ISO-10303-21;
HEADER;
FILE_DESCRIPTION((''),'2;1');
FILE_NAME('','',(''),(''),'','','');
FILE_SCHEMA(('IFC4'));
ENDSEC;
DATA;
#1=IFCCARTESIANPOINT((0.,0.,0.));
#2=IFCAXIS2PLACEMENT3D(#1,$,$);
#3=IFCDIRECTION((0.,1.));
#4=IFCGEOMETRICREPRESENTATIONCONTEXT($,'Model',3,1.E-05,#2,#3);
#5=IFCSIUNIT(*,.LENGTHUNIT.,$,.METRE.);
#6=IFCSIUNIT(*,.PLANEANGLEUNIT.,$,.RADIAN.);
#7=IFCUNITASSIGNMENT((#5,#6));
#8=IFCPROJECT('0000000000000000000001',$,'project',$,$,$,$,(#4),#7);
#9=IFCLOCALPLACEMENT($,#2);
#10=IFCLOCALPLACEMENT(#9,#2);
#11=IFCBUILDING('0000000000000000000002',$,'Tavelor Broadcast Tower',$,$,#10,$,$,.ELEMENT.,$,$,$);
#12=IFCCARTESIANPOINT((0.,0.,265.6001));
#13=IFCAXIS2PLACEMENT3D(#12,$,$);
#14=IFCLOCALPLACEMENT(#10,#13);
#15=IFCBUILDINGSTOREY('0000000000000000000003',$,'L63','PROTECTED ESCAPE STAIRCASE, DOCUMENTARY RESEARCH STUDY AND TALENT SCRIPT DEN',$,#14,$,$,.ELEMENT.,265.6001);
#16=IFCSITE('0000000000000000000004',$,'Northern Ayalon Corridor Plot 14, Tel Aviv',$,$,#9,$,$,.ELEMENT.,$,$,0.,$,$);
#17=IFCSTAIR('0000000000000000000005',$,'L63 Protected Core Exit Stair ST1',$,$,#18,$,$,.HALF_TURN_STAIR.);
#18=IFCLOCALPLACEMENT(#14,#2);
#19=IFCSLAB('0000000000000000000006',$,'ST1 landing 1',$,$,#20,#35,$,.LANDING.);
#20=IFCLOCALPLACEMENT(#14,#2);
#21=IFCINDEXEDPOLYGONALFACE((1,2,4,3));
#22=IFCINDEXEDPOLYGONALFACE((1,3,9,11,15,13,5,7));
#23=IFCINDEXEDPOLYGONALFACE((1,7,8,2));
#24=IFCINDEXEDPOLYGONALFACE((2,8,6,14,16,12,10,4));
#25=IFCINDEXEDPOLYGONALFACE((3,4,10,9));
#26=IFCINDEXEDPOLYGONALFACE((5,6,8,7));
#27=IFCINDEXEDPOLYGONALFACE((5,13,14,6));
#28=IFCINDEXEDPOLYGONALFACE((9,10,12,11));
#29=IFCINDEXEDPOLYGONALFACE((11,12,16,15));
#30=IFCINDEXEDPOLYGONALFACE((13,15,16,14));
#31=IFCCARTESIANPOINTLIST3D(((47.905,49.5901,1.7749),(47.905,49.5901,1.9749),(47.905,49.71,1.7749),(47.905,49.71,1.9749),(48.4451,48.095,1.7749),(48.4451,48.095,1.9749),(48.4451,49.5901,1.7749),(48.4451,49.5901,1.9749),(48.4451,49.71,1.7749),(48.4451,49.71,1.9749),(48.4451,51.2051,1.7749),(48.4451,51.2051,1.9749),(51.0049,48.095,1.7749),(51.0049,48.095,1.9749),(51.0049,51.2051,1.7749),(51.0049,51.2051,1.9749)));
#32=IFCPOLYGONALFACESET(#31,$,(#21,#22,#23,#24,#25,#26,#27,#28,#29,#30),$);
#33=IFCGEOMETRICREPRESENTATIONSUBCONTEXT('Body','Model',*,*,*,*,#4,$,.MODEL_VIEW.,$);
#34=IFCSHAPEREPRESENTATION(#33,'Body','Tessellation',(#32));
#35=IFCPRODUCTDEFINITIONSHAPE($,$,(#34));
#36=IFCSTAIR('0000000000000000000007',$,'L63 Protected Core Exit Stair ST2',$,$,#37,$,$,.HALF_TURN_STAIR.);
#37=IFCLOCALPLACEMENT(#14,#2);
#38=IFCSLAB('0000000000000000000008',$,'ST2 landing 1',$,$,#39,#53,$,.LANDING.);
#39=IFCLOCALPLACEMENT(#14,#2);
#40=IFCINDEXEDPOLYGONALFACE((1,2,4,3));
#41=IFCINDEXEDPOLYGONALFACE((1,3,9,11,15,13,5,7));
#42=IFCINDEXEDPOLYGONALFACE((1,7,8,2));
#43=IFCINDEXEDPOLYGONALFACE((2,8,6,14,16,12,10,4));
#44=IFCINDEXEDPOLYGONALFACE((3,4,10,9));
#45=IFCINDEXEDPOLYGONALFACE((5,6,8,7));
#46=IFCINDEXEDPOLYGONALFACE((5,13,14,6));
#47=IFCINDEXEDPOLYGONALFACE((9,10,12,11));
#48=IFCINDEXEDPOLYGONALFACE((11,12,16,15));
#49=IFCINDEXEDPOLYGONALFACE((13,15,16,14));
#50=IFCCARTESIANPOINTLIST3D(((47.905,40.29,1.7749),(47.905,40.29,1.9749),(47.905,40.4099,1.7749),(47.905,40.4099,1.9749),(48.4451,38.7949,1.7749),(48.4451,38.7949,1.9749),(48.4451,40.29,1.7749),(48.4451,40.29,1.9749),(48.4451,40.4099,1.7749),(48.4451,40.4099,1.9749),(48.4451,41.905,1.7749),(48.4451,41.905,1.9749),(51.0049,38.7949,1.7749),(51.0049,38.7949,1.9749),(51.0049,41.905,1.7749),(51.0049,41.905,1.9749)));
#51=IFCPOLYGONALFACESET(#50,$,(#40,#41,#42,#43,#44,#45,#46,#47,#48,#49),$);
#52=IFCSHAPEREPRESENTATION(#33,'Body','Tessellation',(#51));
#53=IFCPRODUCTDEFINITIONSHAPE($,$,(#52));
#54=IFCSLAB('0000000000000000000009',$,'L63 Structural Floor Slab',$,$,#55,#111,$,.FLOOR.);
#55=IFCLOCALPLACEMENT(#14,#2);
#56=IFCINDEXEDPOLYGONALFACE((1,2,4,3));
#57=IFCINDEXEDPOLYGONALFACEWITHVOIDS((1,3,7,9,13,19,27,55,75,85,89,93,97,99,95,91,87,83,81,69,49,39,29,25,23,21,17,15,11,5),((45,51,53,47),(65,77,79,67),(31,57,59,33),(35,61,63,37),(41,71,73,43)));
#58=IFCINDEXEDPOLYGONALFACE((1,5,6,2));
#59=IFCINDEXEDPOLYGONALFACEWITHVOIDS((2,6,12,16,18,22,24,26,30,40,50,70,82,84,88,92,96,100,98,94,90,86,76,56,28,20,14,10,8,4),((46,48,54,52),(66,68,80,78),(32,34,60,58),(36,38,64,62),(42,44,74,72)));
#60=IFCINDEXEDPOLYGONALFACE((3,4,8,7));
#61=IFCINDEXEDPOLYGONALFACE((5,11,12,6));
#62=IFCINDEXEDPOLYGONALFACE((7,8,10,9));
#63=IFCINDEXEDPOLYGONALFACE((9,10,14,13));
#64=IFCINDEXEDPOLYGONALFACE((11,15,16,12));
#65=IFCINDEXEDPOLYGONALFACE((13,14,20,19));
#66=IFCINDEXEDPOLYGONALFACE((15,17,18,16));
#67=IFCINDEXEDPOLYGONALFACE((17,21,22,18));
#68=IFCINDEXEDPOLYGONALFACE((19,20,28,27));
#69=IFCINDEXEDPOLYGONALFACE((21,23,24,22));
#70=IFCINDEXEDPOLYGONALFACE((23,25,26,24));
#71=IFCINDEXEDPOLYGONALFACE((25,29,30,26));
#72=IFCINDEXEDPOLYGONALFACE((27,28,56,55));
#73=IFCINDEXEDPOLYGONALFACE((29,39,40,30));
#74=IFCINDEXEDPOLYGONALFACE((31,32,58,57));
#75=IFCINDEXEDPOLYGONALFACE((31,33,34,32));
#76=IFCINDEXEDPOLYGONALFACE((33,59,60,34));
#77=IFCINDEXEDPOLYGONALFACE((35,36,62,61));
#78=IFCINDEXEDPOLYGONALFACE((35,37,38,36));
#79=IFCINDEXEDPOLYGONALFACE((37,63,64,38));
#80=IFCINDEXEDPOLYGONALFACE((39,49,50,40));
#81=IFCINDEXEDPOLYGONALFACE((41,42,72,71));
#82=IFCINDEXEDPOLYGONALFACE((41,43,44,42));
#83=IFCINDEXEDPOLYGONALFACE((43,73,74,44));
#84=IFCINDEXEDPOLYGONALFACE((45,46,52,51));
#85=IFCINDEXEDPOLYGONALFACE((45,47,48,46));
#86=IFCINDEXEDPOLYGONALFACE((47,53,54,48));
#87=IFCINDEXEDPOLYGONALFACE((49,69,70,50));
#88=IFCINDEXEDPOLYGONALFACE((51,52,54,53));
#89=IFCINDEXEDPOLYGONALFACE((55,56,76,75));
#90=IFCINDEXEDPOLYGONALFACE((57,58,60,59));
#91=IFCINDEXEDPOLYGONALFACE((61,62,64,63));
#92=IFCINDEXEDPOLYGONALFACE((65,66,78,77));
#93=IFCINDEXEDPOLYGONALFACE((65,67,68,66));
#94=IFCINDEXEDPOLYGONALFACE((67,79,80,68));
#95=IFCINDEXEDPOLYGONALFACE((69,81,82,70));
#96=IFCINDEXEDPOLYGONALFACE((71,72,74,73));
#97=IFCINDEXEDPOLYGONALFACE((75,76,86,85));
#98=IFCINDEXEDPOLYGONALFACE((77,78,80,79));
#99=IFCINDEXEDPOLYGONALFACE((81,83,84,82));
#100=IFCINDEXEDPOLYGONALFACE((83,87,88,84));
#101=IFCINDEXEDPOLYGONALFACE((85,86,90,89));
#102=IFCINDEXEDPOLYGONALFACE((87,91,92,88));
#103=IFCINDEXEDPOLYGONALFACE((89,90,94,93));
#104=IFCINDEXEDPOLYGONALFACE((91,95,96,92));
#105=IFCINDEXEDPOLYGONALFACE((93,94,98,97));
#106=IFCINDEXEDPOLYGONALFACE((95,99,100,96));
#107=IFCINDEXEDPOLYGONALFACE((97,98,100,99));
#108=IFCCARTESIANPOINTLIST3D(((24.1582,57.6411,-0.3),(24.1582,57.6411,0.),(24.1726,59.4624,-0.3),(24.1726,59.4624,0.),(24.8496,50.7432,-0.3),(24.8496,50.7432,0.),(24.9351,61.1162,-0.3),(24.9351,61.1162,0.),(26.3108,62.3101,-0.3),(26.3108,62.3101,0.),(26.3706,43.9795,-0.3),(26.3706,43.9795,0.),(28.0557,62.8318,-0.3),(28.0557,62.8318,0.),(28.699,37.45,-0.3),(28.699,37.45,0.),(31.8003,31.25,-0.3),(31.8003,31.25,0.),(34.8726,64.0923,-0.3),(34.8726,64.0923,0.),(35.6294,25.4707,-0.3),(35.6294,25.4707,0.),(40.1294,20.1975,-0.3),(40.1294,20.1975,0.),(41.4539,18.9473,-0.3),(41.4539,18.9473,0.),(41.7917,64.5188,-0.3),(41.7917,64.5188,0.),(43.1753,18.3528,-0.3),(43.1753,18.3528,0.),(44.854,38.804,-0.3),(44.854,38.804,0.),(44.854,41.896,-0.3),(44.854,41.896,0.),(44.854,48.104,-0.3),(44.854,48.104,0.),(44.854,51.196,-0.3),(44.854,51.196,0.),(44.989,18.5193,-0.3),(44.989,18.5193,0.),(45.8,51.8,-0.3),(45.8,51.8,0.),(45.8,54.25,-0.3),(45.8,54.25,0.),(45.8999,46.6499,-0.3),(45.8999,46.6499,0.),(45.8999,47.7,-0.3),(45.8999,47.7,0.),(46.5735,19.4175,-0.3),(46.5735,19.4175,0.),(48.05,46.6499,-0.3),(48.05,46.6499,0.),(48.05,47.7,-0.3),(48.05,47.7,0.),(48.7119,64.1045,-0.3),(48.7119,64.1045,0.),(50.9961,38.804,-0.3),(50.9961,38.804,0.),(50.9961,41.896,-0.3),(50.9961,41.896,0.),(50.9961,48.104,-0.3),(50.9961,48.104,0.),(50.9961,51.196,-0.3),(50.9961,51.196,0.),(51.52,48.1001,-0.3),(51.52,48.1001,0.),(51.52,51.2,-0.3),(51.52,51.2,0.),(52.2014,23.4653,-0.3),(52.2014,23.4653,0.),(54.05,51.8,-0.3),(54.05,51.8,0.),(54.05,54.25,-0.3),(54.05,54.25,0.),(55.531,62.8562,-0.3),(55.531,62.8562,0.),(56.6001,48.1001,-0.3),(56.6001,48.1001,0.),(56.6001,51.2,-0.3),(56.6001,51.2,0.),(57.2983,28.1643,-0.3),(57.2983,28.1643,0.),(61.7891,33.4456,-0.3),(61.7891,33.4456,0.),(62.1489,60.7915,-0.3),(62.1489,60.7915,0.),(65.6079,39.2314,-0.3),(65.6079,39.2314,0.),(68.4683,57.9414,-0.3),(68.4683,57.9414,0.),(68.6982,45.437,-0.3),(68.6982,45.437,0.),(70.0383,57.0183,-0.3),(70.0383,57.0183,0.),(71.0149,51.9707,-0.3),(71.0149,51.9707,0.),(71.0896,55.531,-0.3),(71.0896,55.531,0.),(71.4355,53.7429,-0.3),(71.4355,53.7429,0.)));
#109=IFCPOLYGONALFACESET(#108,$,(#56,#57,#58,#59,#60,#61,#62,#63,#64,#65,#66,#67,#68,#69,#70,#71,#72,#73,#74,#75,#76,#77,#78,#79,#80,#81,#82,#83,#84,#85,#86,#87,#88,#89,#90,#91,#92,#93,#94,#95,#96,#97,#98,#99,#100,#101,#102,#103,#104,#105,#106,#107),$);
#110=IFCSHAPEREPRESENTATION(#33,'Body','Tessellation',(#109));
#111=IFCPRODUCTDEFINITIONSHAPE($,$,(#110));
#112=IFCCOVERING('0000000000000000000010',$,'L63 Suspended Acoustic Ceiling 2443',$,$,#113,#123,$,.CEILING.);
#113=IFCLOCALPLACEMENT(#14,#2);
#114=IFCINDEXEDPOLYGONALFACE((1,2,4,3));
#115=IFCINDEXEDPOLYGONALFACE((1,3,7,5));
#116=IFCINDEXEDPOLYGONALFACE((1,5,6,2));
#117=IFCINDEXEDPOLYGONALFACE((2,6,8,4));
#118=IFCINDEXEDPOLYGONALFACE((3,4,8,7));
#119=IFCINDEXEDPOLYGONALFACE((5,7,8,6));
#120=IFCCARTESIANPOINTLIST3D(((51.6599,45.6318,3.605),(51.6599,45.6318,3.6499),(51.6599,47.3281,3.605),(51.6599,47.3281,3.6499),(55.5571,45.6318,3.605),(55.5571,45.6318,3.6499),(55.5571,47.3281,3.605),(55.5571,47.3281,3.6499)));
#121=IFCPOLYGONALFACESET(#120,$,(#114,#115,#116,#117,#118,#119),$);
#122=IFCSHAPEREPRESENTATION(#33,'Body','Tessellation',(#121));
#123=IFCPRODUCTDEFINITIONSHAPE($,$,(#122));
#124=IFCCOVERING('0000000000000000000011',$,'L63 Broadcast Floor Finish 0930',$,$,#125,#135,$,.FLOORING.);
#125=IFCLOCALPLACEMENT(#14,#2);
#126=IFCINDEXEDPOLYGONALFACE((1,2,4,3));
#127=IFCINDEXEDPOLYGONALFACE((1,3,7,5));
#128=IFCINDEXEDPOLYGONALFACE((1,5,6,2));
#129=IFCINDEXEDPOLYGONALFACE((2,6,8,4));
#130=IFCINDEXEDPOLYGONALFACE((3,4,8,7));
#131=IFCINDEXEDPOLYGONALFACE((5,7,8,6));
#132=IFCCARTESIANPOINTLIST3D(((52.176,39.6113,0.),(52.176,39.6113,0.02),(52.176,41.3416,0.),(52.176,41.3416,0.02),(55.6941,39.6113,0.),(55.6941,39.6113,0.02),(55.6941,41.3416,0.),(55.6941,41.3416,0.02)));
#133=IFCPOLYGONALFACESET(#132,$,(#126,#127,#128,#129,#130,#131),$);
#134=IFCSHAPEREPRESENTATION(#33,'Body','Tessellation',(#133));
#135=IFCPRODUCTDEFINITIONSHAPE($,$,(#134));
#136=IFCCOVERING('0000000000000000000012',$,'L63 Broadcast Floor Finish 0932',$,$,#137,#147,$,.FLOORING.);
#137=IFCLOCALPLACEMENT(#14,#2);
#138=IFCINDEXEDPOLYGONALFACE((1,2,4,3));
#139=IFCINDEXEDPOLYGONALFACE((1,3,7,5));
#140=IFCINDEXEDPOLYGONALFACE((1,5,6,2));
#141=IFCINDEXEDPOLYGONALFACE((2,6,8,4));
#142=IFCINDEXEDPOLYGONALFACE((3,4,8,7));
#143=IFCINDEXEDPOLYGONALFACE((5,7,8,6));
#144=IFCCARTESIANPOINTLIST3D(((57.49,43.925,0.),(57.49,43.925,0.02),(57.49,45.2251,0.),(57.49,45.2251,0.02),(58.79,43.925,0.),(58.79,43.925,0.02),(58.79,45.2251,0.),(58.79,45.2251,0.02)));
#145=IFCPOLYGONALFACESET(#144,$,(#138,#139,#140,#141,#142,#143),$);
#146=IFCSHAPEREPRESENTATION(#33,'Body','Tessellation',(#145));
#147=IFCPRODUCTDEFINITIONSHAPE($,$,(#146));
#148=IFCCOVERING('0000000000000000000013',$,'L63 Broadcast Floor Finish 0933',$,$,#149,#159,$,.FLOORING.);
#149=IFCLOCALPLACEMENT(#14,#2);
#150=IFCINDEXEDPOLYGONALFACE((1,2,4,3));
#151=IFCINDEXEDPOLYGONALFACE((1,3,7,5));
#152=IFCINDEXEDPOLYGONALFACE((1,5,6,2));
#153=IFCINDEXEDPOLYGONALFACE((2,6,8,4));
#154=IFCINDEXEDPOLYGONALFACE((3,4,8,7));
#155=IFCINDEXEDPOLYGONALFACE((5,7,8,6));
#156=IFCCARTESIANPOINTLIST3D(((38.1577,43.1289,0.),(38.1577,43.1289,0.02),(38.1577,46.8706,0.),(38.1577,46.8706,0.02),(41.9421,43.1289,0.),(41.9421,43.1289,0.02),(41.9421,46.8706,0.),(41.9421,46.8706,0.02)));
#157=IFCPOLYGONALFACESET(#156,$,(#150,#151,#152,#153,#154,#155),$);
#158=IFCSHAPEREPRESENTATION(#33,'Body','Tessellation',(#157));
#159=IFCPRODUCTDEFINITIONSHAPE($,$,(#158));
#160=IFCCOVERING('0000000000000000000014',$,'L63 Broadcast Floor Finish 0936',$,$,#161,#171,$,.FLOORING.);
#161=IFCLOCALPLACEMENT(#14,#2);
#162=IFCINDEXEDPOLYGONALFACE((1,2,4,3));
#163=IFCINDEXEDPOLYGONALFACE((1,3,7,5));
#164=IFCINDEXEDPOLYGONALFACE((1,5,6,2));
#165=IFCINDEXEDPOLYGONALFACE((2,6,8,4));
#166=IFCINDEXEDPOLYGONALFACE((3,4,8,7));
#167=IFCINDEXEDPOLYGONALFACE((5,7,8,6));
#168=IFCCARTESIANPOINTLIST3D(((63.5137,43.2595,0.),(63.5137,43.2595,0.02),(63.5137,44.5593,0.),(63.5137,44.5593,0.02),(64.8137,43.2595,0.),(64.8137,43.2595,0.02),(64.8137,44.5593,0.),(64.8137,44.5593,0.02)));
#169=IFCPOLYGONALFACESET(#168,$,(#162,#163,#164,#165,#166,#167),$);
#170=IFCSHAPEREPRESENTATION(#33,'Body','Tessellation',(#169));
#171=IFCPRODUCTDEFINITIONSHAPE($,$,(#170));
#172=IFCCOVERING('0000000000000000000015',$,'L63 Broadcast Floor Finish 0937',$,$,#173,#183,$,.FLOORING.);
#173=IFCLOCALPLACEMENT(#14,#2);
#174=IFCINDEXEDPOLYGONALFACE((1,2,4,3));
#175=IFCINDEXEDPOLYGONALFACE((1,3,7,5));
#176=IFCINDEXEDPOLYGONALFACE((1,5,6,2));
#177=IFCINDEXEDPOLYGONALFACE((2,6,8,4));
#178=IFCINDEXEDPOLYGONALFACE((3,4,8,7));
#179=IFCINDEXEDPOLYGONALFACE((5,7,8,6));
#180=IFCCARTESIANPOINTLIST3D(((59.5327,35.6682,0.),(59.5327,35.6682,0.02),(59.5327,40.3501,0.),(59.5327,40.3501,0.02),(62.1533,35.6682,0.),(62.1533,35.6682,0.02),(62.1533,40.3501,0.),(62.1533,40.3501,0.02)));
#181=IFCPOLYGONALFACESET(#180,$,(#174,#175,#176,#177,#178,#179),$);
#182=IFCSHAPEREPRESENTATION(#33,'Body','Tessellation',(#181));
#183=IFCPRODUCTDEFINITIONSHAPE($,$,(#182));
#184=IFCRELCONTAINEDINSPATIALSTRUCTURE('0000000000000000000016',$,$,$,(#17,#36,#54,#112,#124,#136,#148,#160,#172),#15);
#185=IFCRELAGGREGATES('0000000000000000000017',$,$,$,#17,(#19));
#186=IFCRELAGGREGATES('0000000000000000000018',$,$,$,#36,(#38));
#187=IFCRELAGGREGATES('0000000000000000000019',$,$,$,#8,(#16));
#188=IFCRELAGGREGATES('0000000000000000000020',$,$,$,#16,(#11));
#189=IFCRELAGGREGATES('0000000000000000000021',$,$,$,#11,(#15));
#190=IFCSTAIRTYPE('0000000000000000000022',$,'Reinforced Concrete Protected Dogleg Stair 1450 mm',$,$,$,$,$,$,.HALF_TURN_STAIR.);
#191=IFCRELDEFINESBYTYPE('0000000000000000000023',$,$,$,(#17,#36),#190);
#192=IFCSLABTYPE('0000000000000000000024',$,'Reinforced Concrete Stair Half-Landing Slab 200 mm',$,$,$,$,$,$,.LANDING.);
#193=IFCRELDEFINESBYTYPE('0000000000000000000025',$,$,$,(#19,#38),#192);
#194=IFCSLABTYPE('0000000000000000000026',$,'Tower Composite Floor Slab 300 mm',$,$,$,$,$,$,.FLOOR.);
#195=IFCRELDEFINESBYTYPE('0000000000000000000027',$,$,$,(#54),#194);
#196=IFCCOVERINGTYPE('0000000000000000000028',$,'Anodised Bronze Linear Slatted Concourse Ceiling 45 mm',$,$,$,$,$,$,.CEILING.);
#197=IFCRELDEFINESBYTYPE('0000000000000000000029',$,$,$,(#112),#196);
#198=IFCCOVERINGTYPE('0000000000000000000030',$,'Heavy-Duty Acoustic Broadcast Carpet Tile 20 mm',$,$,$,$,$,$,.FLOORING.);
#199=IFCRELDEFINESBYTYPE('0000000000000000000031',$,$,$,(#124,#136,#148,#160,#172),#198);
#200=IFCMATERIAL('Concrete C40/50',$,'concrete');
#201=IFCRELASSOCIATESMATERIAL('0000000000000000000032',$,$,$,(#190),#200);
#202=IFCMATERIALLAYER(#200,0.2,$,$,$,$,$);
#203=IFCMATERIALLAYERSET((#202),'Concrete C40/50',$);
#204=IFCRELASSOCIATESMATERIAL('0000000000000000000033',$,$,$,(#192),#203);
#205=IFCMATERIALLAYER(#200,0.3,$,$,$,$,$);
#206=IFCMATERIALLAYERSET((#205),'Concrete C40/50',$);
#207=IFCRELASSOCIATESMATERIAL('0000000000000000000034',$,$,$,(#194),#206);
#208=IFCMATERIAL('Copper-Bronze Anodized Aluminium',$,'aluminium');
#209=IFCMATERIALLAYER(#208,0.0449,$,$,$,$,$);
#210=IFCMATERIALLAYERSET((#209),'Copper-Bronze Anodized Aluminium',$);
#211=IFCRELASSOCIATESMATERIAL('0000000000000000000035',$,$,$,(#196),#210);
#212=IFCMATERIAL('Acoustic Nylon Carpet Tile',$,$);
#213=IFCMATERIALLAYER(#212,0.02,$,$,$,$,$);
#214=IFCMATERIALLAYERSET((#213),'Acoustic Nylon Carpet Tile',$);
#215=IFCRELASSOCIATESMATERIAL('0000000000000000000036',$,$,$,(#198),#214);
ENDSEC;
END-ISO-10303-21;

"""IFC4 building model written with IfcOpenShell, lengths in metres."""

from ifc_helpers import new_model, si_unit, direction, frame, origin, place, context, subcontext, project, spatial, polyline, outline, extrude, material, layer, layer_set, type_object, element, aggregate, save


model = new_model("IFC4")

# Units and contexts
model_context = context("Model", 3, precision=1e-05, world=origin(), true_north=direction((0.0, 1.0)))
body_context = subcontext(model_context, "Body", "Model", "MODEL_VIEW")
ifc_project = project(units=[si_unit("LENGTHUNIT", "METRE"), si_unit("PLANEANGLEUNIT", "RADIAN")], contexts=[model_context])

# Site, building, storey
site_placement = place(None, origin())
site = spatial("IfcSite", under=ifc_project, at=site_placement, Name="Northern Ayalon Corridor Plot 14, Tel Aviv", CompositionType="ELEMENT", RefElevation=0.0)
building_placement = place(site_placement, origin())
building = spatial("IfcBuilding", under=site, at=building_placement, Name="Tavelor Broadcast Tower", CompositionType="ELEMENT")
storey_placement = place(building_placement, frame((0.0, 0.0, 265.6001)))
storey = spatial("IfcBuildingStorey", under=building, at=storey_placement, Name="L63", Description="PROTECTED ESCAPE STAIRCASE, DOCUMENTARY RESEARCH STUDY AND TALENT SCRIPT DEN", CompositionType="ELEMENT", Elevation=265.6001)

# Stairs, slabs
ifc_material_1 = material(Name="Concrete C40/50", Category="concrete")
stair_type = type_object("IfcStairType", Name="Reinforced Concrete Protected Dogleg Stair 1450 mm", PredefinedType="HALF_TURN_STAIR", material=ifc_material_1)
stair_1_placement = place(storey_placement, origin())
stair_1 = element("IfcStair", 1, at=stair_1_placement, inside=storey, type_object=stair_type, Name="L63 Protected Core Exit Stair ST1", PredefinedType="HALF_TURN_STAIR")
ifc_layer_1 = layer(ifc_material_1, 0.2)
ifc_layer_set_1 = layer_set([ifc_layer_1], Name="Concrete C40/50")
slab_type_1 = type_object("IfcSlabType", Name="Reinforced Concrete Stair Half-Landing Slab 200 mm", PredefinedType="LANDING", material=ifc_layer_set_1)
slab_1_placement = place(storey_placement, frame((0.0, 0.0, 1.7749)))
slab_1 = element("IfcSlab", 2, at=slab_1_placement, type_object=slab_type_1, Name="ST1 landing 1", PredefinedType="LANDING", context=body_context, shape_type="SweptSolid", body=[
    extrude(outline(polyline([(48.4451, 49.5901), (48.4451, 48.095), (51.0049, 48.095), (51.0049, 51.2051), (48.4451, 51.2051), (48.4451, 49.71), (47.905, 49.71), (47.905, 49.5901), (48.4451, 49.5901)])), origin(), (0.0, 0.0, 1.0), 0.2),
])
aggregate(stair_1, [slab_1])
stair_2_placement = place(storey_placement, origin())
stair_2 = element("IfcStair", 3, at=stair_2_placement, inside=storey, type_object=stair_type, Name="L63 Protected Core Exit Stair ST2", PredefinedType="HALF_TURN_STAIR")
slab_2_placement = place(storey_placement, frame((0.0, 0.0, 1.7749)))
slab_2 = element("IfcSlab", 4, at=slab_2_placement, type_object=slab_type_1, Name="ST2 landing 1", PredefinedType="LANDING", context=body_context, shape_type="SweptSolid", body=[
    extrude(outline(polyline([(48.4451, 40.29), (48.4451, 38.7949), (51.0049, 38.7949), (51.0049, 41.905), (48.4451, 41.905), (48.4451, 40.4099), (47.905, 40.4099), (47.905, 40.29), (48.4451, 40.29)])), origin(), (0.0, 0.0, 1.0), 0.2),
])
aggregate(stair_2, [slab_2])

# Slab
ifc_layer_2 = layer(ifc_material_1, 0.3)
ifc_layer_set_2 = layer_set([ifc_layer_2], Name="Concrete C40/50")
slab_type_2 = type_object("IfcSlabType", Name="Tower Composite Floor Slab 300 mm", PredefinedType="FLOOR", material=ifc_layer_set_2)
slab_3_placement = place(storey_placement, frame((0.0, 0.0, -0.3)))
element("IfcSlab", 5, at=slab_3_placement, inside=storey, type_object=slab_type_2, Name="L63 Structural Floor Slab", PredefinedType="FLOOR", context=body_context, shape_type="SweptSolid", body=[
    extrude(outline(polyline([(28.0557, 62.8318), (26.3108, 62.3101), (24.9351, 61.1162), (24.1726, 59.4624), (24.1582, 57.6411), (24.8496, 50.7432), (26.3706, 43.9795), (28.699, 37.45), (31.8003, 31.25), (35.6294, 25.4707), (40.1294, 20.1975), (41.4539, 18.9473), (43.1753, 18.3528), (44.989, 18.5193), (46.5735, 19.4175), (52.2014, 23.4653), (57.2983, 28.1643), (61.7891, 33.4456), (65.6079, 39.2314), (68.6982, 45.437), (71.0149, 51.9707), (71.4355, 53.7429), (71.0896, 55.531), (70.0383, 57.0183), (68.4683, 57.9414), (62.1489, 60.7915), (55.531, 62.8562), (48.7119, 64.1045), (41.7917, 64.5188), (34.8726, 64.0923), (28.0557, 62.8318)]), holes=[polyline([(50.9961, 41.896), (50.9961, 38.804), (44.854, 38.804), (44.854, 41.896), (50.9961, 41.896)]), polyline([(48.05, 47.7), (48.05, 46.6499), (45.8999, 46.6499), (45.8999, 47.7), (48.05, 47.7)]), polyline([(50.9961, 51.196), (50.9961, 48.104), (44.854, 48.104), (44.854, 51.196), (50.9961, 51.196)]), polyline([(56.6001, 48.1001), (51.52, 48.1001), (51.52, 51.2), (56.6001, 51.2), (56.6001, 48.1001)]), polyline([(54.05, 51.8), (45.8, 51.8), (45.8, 54.25), (54.05, 54.25), (54.05, 51.8)])]), origin(), (0.0, 0.0, 1.0), 0.3),
])

# Coverings
ifc_material_2 = material(Name="Copper-Bronze Anodized Aluminium", Category="aluminium")
ifc_layer_3 = layer(ifc_material_2, 0.0449)
ifc_layer_set_3 = layer_set([ifc_layer_3], Name="Copper-Bronze Anodized Aluminium")
covering_type_1 = type_object("IfcCoveringType", Name="Anodised Bronze Linear Slatted Concourse Ceiling 45 mm", PredefinedType="CEILING", material=ifc_layer_set_3)
covering_1_placement = place(storey_placement, frame((0.0, 0.0, 3.605)))
element("IfcCovering", 6, at=covering_1_placement, inside=storey, type_object=covering_type_1, Name="L63 Suspended Acoustic Ceiling 2443", PredefinedType="CEILING", context=body_context, shape_type="SweptSolid", body=[
    extrude(outline(polyline([(51.6599, 45.6318), (55.5571, 45.6318), (55.5571, 47.3281), (51.6599, 47.3281), (51.6599, 45.6318)])), origin(), (0.0, 0.0, 1.0), 0.0449),
])
ifc_material_3 = material(Name="Acoustic Nylon Carpet Tile")
ifc_layer_4 = layer(ifc_material_3, 0.02)
ifc_layer_set_4 = layer_set([ifc_layer_4], Name="Acoustic Nylon Carpet Tile")
covering_type_2 = type_object("IfcCoveringType", Name="Heavy-Duty Acoustic Broadcast Carpet Tile 20 mm", PredefinedType="FLOORING", material=ifc_layer_set_4)
covering_2_placement = place(storey_placement, origin())
element("IfcCovering", 7, at=covering_2_placement, inside=storey, type_object=covering_type_2, Name="L63 Broadcast Floor Finish 0930", PredefinedType="FLOORING", context=body_context, shape_type="SweptSolid", body=[
    extrude(outline(polyline([(52.176, 39.6113), (55.6941, 39.6113), (55.6941, 41.3416), (52.176, 41.3416), (52.176, 39.6113)])), origin(), (0.0, 0.0, 1.0), 0.02),
])
covering_3_placement = place(storey_placement, origin())
element("IfcCovering", 8, at=covering_3_placement, inside=storey, type_object=covering_type_2, Name="L63 Broadcast Floor Finish 0932", PredefinedType="FLOORING", context=body_context, shape_type="SweptSolid", body=[
    extrude(outline(polyline([(57.49, 43.925), (58.79, 43.925), (58.79, 45.2251), (57.49, 45.2251), (57.49, 43.925)])), origin(), (0.0, 0.0, 1.0), 0.02),
])
covering_4_placement = place(storey_placement, origin())
element("IfcCovering", 9, at=covering_4_placement, inside=storey, type_object=covering_type_2, Name="L63 Broadcast Floor Finish 0933", PredefinedType="FLOORING", context=body_context, shape_type="SweptSolid", body=[
    extrude(outline(polyline([(38.1577, 43.1289), (41.9421, 43.1289), (41.9421, 46.8706), (38.1577, 46.8706), (38.1577, 43.1289)])), origin(), (0.0, 0.0, 1.0), 0.02),
])
covering_5_placement = place(storey_placement, origin())
element("IfcCovering", 10, at=covering_5_placement, inside=storey, type_object=covering_type_2, Name="L63 Broadcast Floor Finish 0936", PredefinedType="FLOORING", context=body_context, shape_type="SweptSolid", body=[
    extrude(outline(polyline([(63.5137, 43.2595), (64.8137, 43.2595), (64.8137, 44.5593), (63.5137, 44.5593), (63.5137, 43.2595)])), origin(), (0.0, 0.0, 1.0), 0.02),
])
covering_6_placement = place(storey_placement, origin())
element("IfcCovering", 11, at=covering_6_placement, inside=storey, type_object=covering_type_2, Name="L63 Broadcast Floor Finish 0937", PredefinedType="FLOORING", context=body_context, shape_type="SweptSolid", body=[
    extrude(outline(polyline([(59.5327, 35.6682), (62.1533, 35.6682), (62.1533, 40.3501), (59.5327, 40.3501), (59.5327, 35.6682)])), origin(), (0.0, 0.0, 1.0), 0.02),
])

save(model, "model.ifc")
